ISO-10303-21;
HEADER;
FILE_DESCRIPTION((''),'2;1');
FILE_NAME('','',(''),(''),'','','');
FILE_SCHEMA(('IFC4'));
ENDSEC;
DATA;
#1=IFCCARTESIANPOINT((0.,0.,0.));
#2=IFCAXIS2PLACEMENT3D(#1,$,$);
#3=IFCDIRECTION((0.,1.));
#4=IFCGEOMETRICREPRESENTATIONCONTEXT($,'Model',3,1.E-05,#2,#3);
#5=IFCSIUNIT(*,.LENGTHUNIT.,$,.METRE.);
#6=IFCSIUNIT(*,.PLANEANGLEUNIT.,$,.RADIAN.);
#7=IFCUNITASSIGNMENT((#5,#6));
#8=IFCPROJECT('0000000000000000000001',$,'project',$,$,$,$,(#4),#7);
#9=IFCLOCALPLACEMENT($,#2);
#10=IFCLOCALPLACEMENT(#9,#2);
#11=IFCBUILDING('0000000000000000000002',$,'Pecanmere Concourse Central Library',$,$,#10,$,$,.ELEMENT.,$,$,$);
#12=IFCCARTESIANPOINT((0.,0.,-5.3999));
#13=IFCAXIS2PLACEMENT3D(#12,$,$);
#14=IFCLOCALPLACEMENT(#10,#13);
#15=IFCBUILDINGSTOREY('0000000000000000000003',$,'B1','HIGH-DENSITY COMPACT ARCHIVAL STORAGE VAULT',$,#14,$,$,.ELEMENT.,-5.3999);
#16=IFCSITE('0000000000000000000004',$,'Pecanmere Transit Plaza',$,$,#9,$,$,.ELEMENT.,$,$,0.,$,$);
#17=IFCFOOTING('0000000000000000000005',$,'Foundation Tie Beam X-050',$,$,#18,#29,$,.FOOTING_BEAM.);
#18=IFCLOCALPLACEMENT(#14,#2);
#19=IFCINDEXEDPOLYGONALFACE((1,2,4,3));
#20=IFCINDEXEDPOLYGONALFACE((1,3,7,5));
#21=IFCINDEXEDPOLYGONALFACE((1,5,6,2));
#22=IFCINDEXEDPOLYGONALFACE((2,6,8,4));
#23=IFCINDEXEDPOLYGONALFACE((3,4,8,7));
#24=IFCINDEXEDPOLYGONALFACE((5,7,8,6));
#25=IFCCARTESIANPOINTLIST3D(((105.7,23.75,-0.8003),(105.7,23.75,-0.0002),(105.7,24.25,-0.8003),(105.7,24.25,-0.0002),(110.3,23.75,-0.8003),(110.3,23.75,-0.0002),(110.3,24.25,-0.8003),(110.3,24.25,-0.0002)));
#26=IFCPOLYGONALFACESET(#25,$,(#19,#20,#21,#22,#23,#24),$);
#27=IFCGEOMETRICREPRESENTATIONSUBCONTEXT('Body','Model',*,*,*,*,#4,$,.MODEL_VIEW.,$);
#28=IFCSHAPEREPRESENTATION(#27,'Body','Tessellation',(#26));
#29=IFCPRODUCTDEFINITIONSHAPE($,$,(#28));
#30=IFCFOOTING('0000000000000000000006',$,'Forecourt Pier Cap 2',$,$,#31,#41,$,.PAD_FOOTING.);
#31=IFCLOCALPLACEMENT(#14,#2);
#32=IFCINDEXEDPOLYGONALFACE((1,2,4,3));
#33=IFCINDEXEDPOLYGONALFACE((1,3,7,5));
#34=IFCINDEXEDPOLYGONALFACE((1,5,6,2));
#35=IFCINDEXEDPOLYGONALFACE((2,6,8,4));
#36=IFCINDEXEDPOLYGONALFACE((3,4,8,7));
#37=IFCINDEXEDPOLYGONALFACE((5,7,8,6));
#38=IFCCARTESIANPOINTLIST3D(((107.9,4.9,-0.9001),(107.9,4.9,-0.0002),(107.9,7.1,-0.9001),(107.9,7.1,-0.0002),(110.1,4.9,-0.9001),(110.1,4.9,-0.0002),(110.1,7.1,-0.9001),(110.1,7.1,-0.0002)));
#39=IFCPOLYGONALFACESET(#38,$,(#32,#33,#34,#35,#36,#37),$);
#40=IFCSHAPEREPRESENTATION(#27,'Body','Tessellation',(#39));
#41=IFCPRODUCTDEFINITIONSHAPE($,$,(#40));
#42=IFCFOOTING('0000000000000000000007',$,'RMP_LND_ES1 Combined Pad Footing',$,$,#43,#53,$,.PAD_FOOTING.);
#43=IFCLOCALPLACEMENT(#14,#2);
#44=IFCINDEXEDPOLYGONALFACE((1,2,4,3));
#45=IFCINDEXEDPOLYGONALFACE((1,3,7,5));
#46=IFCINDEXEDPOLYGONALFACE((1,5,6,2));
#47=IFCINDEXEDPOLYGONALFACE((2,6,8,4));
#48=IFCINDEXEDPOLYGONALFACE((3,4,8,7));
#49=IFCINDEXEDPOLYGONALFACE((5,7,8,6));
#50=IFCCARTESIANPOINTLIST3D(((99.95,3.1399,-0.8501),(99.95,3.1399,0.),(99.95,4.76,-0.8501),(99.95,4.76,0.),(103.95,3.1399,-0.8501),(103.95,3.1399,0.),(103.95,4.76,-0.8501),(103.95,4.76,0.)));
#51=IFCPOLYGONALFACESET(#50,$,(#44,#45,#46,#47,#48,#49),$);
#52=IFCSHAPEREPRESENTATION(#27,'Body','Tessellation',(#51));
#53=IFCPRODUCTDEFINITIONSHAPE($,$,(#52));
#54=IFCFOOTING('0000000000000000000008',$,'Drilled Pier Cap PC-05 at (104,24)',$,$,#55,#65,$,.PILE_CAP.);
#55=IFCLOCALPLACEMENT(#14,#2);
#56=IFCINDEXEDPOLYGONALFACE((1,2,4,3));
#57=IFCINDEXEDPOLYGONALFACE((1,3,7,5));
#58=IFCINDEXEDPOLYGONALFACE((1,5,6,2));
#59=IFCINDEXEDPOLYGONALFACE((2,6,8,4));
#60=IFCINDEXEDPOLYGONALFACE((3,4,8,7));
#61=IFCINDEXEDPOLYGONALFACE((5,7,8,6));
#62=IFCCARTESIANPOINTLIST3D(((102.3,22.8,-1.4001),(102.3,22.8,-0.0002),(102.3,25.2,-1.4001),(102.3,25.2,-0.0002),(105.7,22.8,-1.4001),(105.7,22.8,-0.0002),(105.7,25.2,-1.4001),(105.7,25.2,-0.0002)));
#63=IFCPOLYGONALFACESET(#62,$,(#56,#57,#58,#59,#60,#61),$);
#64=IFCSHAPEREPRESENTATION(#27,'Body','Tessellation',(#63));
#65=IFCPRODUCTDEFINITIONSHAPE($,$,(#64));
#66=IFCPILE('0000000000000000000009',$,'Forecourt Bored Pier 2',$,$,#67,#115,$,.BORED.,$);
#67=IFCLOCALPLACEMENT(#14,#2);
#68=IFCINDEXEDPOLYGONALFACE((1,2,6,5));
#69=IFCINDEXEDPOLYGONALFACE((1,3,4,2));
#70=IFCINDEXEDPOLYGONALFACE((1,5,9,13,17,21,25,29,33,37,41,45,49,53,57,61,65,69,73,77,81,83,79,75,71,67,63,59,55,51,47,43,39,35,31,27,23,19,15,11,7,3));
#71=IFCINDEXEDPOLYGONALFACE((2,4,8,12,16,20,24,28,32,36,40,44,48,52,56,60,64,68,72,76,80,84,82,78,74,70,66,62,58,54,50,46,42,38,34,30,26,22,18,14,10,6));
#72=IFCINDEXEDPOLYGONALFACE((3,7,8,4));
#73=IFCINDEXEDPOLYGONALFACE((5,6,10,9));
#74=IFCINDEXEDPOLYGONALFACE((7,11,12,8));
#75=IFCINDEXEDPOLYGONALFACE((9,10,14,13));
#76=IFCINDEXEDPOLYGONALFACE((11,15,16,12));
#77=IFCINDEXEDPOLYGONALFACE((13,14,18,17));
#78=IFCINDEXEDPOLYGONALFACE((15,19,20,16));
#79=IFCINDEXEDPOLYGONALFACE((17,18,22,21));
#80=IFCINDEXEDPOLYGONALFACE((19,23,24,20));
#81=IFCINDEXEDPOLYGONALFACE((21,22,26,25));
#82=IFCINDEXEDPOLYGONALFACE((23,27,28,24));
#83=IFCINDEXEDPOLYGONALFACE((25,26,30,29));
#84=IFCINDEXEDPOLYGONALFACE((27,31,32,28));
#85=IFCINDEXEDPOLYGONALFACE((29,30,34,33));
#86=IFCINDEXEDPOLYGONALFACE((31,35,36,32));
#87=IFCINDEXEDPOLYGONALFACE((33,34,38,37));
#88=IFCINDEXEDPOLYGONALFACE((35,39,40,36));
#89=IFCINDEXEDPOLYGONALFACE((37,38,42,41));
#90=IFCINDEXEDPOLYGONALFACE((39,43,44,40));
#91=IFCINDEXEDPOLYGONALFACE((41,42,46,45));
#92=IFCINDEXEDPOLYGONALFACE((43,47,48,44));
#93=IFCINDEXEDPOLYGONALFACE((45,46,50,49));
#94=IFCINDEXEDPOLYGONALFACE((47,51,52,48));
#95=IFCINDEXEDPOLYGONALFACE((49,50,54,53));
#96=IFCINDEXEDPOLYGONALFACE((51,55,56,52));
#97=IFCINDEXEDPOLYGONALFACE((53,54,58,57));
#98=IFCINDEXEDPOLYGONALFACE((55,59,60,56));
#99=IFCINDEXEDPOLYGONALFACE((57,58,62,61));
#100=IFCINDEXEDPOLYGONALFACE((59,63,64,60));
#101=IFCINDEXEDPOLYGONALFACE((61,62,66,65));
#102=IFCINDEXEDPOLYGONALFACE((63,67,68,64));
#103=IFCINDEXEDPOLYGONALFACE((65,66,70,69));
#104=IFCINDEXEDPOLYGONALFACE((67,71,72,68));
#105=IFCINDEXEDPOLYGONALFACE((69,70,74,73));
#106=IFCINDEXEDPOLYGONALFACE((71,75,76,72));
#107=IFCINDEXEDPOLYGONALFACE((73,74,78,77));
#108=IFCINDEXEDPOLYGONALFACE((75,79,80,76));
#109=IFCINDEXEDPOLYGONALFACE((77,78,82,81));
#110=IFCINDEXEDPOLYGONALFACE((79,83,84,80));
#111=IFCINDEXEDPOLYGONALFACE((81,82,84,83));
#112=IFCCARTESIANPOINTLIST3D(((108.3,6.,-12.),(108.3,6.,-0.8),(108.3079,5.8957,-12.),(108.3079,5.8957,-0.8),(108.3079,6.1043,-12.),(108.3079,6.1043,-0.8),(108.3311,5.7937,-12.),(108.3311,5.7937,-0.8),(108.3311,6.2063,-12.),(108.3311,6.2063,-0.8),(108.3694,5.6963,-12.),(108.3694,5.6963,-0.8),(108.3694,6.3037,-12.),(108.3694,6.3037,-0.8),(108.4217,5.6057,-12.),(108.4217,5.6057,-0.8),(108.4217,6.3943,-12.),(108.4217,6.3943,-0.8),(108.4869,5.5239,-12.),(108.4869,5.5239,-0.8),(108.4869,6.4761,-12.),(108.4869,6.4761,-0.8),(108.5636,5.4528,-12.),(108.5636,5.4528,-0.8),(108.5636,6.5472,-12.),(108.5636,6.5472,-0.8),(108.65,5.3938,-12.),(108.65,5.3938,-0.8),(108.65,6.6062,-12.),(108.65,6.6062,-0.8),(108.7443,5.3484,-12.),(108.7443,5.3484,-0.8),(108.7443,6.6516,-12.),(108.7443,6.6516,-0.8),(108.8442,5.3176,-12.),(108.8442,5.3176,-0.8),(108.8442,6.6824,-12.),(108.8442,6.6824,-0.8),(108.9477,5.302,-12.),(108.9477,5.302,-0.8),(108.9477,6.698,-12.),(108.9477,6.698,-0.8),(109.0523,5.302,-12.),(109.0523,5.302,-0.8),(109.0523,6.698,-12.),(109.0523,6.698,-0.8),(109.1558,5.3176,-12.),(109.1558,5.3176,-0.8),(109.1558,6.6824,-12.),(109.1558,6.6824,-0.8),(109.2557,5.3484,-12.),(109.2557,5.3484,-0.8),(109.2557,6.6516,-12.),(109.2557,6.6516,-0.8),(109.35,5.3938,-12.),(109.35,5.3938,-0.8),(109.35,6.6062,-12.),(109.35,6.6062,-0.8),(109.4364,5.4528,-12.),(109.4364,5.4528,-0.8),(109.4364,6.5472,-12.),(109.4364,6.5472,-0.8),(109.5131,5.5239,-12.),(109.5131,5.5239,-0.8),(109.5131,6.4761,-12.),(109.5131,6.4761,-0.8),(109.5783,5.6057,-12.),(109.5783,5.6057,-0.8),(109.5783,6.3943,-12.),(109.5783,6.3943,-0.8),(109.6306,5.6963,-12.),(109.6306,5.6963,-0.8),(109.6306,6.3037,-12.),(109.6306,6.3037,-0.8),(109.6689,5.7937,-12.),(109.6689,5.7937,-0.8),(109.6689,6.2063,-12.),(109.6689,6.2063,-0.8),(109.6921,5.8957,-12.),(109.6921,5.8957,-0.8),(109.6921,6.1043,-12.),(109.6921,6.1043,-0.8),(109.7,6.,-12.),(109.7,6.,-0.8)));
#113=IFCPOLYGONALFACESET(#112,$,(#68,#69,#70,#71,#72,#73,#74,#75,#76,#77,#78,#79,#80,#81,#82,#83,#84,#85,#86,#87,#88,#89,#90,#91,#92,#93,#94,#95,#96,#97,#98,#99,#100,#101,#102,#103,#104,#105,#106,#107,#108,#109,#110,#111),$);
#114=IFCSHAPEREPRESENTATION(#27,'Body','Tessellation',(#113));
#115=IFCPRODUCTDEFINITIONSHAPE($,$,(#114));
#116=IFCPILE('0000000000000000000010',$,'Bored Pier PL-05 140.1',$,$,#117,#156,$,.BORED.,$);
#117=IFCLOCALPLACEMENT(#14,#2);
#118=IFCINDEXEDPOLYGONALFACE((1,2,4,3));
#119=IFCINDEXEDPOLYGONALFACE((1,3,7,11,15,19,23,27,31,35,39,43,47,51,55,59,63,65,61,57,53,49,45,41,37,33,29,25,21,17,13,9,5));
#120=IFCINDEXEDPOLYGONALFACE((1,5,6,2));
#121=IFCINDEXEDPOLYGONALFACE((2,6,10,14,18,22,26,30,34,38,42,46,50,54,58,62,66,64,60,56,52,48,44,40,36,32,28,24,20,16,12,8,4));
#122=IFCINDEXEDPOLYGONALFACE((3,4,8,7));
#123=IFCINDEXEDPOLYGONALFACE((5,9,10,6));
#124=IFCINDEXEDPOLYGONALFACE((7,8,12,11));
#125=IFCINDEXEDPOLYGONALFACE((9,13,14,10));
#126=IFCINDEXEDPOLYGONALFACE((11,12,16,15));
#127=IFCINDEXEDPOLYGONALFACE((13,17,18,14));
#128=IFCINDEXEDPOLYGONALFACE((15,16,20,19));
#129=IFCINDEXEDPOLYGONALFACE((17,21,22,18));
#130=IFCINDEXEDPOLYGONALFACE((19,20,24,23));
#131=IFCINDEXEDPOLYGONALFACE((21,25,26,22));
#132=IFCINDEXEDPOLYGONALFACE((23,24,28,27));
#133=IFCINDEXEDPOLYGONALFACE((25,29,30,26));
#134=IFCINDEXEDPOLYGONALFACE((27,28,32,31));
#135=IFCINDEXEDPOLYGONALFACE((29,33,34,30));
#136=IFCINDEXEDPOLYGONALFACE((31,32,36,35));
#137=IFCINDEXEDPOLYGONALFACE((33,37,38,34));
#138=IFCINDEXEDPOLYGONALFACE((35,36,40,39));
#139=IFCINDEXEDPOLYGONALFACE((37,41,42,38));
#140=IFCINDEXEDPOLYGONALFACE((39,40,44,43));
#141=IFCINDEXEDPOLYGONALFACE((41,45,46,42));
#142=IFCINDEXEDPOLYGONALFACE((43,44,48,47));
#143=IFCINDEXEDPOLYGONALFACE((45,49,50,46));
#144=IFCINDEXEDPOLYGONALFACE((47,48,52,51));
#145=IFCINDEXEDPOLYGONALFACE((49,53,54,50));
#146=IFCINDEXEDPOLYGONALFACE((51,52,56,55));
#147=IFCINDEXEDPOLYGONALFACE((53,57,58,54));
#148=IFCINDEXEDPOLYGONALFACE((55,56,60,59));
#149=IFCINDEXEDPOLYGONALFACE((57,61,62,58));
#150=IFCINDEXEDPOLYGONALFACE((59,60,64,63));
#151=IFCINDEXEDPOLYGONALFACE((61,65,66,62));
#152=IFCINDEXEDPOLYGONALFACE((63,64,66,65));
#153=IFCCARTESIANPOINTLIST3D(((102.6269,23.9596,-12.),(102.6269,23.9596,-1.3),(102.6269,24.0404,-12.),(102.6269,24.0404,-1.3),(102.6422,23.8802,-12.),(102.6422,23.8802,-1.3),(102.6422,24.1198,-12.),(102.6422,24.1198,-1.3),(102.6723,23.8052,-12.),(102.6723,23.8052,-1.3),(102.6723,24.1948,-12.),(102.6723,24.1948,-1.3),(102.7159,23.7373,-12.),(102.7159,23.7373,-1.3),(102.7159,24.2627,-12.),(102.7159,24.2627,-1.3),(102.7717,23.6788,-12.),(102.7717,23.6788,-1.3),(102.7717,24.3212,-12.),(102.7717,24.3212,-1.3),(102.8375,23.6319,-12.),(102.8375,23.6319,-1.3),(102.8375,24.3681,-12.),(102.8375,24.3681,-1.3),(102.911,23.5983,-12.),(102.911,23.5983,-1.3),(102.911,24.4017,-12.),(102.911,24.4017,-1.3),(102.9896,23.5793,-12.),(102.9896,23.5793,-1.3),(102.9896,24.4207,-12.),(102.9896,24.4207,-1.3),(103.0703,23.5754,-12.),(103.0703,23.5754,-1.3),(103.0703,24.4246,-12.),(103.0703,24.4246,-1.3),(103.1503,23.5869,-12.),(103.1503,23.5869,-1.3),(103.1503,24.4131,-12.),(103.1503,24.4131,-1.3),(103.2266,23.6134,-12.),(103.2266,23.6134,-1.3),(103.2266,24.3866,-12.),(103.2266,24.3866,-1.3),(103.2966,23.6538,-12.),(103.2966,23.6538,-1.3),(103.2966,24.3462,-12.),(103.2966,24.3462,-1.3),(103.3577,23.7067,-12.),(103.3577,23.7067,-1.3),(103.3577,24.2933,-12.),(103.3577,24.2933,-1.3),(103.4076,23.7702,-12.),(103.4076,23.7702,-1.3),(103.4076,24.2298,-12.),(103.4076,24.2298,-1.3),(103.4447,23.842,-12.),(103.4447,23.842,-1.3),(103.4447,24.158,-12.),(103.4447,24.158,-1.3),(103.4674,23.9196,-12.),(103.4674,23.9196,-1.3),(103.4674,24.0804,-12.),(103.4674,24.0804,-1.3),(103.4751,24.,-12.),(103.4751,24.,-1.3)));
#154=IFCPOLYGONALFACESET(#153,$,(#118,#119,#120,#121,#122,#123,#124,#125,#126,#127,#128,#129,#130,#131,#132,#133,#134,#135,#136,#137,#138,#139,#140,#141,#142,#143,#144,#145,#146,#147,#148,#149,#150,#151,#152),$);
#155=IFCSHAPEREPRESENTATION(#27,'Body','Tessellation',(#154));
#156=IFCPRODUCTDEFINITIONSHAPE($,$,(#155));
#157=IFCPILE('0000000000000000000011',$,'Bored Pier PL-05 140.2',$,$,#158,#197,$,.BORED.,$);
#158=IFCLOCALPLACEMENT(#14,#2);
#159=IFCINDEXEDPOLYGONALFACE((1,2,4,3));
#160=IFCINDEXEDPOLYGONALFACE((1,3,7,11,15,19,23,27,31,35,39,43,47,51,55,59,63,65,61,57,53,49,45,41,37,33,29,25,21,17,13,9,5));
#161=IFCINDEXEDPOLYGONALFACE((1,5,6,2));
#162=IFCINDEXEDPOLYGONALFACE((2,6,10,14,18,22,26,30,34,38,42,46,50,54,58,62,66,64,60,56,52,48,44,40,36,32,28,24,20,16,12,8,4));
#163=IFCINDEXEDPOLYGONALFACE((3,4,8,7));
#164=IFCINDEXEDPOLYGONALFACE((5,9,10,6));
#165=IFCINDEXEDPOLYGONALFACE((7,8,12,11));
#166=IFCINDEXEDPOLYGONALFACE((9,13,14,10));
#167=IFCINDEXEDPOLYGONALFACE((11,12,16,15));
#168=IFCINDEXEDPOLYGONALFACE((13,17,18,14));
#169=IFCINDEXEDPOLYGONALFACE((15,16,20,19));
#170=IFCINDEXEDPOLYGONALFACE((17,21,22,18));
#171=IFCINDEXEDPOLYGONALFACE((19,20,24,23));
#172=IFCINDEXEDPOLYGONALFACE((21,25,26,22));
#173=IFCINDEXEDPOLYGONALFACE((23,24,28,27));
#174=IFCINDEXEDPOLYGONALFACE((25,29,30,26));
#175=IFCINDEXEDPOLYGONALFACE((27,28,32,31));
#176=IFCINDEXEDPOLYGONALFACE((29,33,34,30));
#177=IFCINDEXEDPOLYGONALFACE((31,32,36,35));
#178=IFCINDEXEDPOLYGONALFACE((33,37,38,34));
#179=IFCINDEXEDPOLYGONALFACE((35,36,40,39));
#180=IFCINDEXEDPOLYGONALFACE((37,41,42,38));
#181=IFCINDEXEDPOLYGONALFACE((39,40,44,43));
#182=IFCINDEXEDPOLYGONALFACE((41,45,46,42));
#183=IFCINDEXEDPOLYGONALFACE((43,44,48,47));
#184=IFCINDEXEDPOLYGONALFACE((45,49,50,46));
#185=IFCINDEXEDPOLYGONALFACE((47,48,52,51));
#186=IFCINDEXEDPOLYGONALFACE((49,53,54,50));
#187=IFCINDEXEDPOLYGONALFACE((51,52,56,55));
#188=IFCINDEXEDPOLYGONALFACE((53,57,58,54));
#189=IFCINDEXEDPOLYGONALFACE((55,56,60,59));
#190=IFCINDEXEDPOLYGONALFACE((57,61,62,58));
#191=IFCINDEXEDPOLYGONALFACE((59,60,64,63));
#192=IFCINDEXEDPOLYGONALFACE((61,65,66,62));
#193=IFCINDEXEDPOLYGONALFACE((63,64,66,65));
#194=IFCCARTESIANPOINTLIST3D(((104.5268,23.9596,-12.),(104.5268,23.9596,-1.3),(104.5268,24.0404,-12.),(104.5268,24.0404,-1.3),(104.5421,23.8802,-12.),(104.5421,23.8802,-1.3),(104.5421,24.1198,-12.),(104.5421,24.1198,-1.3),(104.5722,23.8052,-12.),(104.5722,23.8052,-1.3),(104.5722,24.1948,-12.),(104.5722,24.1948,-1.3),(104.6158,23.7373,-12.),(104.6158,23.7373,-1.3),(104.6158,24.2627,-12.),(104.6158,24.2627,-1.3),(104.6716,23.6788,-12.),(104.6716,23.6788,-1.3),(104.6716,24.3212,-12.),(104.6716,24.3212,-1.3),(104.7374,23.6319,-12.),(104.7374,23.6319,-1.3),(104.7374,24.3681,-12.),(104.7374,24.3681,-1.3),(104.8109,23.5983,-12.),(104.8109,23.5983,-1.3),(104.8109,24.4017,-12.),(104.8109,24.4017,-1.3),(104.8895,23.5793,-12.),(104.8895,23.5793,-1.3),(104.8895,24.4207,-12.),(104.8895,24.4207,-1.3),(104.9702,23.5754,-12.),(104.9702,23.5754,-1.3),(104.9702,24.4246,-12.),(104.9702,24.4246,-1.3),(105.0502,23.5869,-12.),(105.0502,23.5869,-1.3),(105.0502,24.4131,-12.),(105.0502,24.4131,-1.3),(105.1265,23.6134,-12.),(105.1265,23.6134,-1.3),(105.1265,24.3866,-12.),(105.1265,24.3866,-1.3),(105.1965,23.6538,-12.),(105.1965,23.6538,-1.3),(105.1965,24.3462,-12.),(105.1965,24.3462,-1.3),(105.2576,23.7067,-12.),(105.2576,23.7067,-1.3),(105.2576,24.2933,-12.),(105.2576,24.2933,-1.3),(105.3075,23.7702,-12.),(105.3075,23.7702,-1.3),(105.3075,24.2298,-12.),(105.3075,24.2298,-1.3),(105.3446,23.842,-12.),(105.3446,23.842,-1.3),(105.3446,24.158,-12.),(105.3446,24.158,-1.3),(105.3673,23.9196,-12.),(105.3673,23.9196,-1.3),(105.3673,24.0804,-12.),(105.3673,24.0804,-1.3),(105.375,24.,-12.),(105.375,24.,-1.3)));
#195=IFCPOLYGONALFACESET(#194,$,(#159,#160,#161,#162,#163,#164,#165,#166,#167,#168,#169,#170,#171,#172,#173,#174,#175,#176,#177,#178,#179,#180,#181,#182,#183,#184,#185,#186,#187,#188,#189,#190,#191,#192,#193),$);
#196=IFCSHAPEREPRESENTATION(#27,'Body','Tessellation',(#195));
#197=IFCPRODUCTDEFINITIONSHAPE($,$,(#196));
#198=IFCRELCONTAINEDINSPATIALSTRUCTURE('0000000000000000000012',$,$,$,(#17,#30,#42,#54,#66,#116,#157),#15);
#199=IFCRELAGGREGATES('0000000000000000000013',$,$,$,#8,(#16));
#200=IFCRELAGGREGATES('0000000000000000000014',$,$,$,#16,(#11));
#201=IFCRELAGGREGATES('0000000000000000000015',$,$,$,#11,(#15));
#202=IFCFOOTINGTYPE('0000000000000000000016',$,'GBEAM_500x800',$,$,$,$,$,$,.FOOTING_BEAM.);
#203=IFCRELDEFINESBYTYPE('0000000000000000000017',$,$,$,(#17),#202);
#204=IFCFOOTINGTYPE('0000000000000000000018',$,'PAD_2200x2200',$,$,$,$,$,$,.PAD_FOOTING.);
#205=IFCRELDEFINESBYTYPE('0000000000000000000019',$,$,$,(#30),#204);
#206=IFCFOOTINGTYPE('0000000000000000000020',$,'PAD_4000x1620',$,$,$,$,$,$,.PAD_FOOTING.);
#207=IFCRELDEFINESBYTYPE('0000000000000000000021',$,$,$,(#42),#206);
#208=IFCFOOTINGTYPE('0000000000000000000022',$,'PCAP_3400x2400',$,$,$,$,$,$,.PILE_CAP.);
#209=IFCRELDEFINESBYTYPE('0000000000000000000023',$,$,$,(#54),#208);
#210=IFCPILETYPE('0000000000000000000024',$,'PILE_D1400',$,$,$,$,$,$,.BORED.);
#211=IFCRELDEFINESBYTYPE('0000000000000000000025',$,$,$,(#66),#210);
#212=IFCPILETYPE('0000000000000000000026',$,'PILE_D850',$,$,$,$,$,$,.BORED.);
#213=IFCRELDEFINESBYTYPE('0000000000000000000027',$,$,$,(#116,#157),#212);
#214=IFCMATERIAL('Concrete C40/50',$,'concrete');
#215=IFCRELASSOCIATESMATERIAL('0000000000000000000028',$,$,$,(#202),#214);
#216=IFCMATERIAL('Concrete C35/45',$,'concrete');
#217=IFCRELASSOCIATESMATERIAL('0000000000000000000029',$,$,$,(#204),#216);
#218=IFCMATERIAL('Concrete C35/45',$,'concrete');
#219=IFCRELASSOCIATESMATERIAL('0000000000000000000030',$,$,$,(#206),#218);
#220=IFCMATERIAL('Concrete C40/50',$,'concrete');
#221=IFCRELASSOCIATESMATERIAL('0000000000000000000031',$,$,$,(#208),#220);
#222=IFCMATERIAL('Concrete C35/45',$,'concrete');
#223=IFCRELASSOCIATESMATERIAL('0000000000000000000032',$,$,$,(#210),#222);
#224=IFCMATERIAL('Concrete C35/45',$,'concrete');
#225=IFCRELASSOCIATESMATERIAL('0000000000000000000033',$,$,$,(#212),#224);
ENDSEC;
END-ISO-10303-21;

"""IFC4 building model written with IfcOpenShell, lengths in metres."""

from ifc_helpers import new_model, si_unit, direction, frame, origin, origin_2d, place, context, subcontext, project, spatial, rectangle, circle, extrude, material, material_profile, profile_set, type_object, element, save


model = new_model("IFC4")

# Units and contexts
model_context = context("Model", 3, precision=1e-05, world=origin(), true_north=direction((0.0, 1.0)))
body_context = subcontext(model_context, "Body", "Model", "MODEL_VIEW")
ifc_project = project(units=[si_unit("LENGTHUNIT", "METRE"), si_unit("PLANEANGLEUNIT", "RADIAN")], contexts=[model_context])

# Site, building, storey
site_placement = place(None, origin())
site = spatial("IfcSite", under=ifc_project, at=site_placement, Name="Pecanmere Transit Plaza", CompositionType="ELEMENT", RefElevation=0.0)
building_placement = place(site_placement, origin())
building = spatial("IfcBuilding", under=site, at=building_placement, Name="Pecanmere Concourse Central Library", CompositionType="ELEMENT")
storey_placement = place(building_placement, frame((0.0, 0.0, -5.3999)))
storey = spatial("IfcBuildingStorey", under=building, at=storey_placement, Name="B1", Description="HIGH-DENSITY COMPACT ARCHIVAL STORAGE VAULT", CompositionType="ELEMENT", Elevation=-5.3999)

# Footings
ifc_material_1 = material(Name="Concrete C40/50", Category="concrete")
ifc_material_profile_1 = material_profile(ifc_material_1, rectangle(XDim=0.5, YDim=0.8, at=origin_2d()), Name="RC 500x800")
ifc_profile_set_1 = profile_set([ifc_material_profile_1], Name="Concrete C40/50")
footing_type_1 = type_object("IfcFootingType", Name="GBEAM_500x800", PredefinedType="FOOTING_BEAM", material=ifc_profile_set_1)
footing_1_placement = place(storey_placement, frame((108.0, 24.0, -0.8003), z_axis=(0.0, 0.0, 1.0), x_axis=(1.0, 0.0, 0.0)))
element("IfcFooting", 1, at=footing_1_placement, inside=storey, type_object=footing_type_1, Name="Foundation Tie Beam X-050", PredefinedType="FOOTING_BEAM", context=body_context, shape_type="SweptSolid", body=[
    extrude(rectangle(XDim=4.6001, YDim=0.5, at=origin_2d()), origin(), (0.0, 0.0, 1.0), 0.8),
])
ifc_material_2 = material(Name="Concrete C35/45", Category="concrete")
footing_type_2 = type_object("IfcFootingType", Name="PAD_2200x2200", PredefinedType="PAD_FOOTING", material=ifc_material_2)
footing_2_placement = place(storey_placement, frame((109.0, 6.0, -0.9001), z_axis=(0.0, 0.0, 1.0), x_axis=(1.0, 0.0, 0.0)))
element("IfcFooting", 2, at=footing_2_placement, inside=storey, type_object=footing_type_2, Name="Forecourt Pier Cap 2", PredefinedType="PAD_FOOTING", context=body_context, shape_type="SweptSolid", body=[
    extrude(rectangle(XDim=2.2, YDim=2.2, at=origin_2d()), origin(), (0.0, 0.0, 1.0), 0.8999),
])
ifc_material_3 = material(Name="Concrete C35/45", Category="concrete")
footing_type_3 = type_object("IfcFootingType", Name="PAD_4000x1620", PredefinedType="PAD_FOOTING", material=ifc_material_3)
footing_3_placement = place(storey_placement, frame((101.95, 3.95, -0.8501), z_axis=(0.0, 0.0, 1.0), x_axis=(1.0, 0.0, 0.0)))
element("IfcFooting", 3, at=footing_3_placement, inside=storey, type_object=footing_type_3, Name="RMP_LND_ES1 Combined Pad Footing", PredefinedType="PAD_FOOTING", context=body_context, shape_type="SweptSolid", body=[
    extrude(rectangle(XDim=4.0, YDim=1.6201, at=origin_2d()), origin(), (0.0, 0.0, 1.0), 0.8501),
])
ifc_material_4 = material(Name="Concrete C40/50", Category="concrete")
footing_type_4 = type_object("IfcFootingType", Name="PCAP_3400x2400", PredefinedType="PILE_CAP", material=ifc_material_4)
footing_4_placement = place(storey_placement, frame((104.0, 24.0, -1.4001), z_axis=(0.0, 0.0, 1.0), x_axis=(1.0, 0.0, 0.0)))
element("IfcFooting", 4, at=footing_4_placement, inside=storey, type_object=footing_type_4, Name="Drilled Pier Cap PC-05 at (104,24)", PredefinedType="PILE_CAP", context=body_context, shape_type="SweptSolid", body=[
    extrude(rectangle(XDim=3.3999, YDim=2.3999, at=origin_2d()), origin(), (0.0, 0.0, 1.0), 1.3999),
])

# Piles
ifc_material_5 = material(Name="Concrete C35/45", Category="concrete")
ifc_material_profile_2 = material_profile(ifc_material_5, circle(Radius=0.7, at=origin_2d()), Name="PIER D1400")
ifc_profile_set_2 = profile_set([ifc_material_profile_2], Name="Concrete C35/45")
pile_type_1 = type_object("IfcPileType", Name="PILE_D1400", PredefinedType="BORED", material=ifc_profile_set_2)
pile_placement = place(storey_placement, frame((109.0, 6.0, -0.8), z_axis=(0.0, 0.0, -1.0), x_axis=(1.0, 0.0, 0.0)))
element("IfcPile", 5, at=pile_placement, inside=storey, type_object=pile_type_1, Name="Forecourt Bored Pier 2", PredefinedType="BORED", context=body_context, shape_type="SweptSolid", body=[
    extrude(circle(Radius=0.7, at=origin_2d()), origin(), (0.0, 0.0, 1.0), 11.2),
])
ifc_material_6 = material(Name="Concrete C35/45", Category="concrete")
ifc_material_profile_3 = material_profile(ifc_material_6, circle(Radius=0.425, at=origin_2d()), Name="PIER D850")
ifc_profile_set_3 = profile_set([ifc_material_profile_3], Name="Concrete C35/45")
pile_type_2 = type_object("IfcPileType", Name="PILE_D850", PredefinedType="BORED", material=ifc_profile_set_3)
for number, where, z_axis, x_axis, name in (
    (6, (103.05, 24.0, -1.3), (0.0, 0.0, -1.0), (1.0, 0.0, 0.0), "Bored Pier PL-05 140.1"),
    (7, (104.95, 24.0, -1.3), (0.0, 0.0, -1.0), (1.0, 0.0, 0.0), "Bored Pier PL-05 140.2"),
):
    element("IfcPile", number, at=place(storey_placement, frame(where, z_axis=z_axis, x_axis=x_axis)), inside=storey, type_object=pile_type_2, Name=name, PredefinedType="BORED", context=body_context, shape_type="SweptSolid", body=[
        extrude(circle(Radius=0.425, at=origin_2d()), origin(), (0.0, 0.0, 1.0), 10.7),
    ])

save(model, "model.ifc")
